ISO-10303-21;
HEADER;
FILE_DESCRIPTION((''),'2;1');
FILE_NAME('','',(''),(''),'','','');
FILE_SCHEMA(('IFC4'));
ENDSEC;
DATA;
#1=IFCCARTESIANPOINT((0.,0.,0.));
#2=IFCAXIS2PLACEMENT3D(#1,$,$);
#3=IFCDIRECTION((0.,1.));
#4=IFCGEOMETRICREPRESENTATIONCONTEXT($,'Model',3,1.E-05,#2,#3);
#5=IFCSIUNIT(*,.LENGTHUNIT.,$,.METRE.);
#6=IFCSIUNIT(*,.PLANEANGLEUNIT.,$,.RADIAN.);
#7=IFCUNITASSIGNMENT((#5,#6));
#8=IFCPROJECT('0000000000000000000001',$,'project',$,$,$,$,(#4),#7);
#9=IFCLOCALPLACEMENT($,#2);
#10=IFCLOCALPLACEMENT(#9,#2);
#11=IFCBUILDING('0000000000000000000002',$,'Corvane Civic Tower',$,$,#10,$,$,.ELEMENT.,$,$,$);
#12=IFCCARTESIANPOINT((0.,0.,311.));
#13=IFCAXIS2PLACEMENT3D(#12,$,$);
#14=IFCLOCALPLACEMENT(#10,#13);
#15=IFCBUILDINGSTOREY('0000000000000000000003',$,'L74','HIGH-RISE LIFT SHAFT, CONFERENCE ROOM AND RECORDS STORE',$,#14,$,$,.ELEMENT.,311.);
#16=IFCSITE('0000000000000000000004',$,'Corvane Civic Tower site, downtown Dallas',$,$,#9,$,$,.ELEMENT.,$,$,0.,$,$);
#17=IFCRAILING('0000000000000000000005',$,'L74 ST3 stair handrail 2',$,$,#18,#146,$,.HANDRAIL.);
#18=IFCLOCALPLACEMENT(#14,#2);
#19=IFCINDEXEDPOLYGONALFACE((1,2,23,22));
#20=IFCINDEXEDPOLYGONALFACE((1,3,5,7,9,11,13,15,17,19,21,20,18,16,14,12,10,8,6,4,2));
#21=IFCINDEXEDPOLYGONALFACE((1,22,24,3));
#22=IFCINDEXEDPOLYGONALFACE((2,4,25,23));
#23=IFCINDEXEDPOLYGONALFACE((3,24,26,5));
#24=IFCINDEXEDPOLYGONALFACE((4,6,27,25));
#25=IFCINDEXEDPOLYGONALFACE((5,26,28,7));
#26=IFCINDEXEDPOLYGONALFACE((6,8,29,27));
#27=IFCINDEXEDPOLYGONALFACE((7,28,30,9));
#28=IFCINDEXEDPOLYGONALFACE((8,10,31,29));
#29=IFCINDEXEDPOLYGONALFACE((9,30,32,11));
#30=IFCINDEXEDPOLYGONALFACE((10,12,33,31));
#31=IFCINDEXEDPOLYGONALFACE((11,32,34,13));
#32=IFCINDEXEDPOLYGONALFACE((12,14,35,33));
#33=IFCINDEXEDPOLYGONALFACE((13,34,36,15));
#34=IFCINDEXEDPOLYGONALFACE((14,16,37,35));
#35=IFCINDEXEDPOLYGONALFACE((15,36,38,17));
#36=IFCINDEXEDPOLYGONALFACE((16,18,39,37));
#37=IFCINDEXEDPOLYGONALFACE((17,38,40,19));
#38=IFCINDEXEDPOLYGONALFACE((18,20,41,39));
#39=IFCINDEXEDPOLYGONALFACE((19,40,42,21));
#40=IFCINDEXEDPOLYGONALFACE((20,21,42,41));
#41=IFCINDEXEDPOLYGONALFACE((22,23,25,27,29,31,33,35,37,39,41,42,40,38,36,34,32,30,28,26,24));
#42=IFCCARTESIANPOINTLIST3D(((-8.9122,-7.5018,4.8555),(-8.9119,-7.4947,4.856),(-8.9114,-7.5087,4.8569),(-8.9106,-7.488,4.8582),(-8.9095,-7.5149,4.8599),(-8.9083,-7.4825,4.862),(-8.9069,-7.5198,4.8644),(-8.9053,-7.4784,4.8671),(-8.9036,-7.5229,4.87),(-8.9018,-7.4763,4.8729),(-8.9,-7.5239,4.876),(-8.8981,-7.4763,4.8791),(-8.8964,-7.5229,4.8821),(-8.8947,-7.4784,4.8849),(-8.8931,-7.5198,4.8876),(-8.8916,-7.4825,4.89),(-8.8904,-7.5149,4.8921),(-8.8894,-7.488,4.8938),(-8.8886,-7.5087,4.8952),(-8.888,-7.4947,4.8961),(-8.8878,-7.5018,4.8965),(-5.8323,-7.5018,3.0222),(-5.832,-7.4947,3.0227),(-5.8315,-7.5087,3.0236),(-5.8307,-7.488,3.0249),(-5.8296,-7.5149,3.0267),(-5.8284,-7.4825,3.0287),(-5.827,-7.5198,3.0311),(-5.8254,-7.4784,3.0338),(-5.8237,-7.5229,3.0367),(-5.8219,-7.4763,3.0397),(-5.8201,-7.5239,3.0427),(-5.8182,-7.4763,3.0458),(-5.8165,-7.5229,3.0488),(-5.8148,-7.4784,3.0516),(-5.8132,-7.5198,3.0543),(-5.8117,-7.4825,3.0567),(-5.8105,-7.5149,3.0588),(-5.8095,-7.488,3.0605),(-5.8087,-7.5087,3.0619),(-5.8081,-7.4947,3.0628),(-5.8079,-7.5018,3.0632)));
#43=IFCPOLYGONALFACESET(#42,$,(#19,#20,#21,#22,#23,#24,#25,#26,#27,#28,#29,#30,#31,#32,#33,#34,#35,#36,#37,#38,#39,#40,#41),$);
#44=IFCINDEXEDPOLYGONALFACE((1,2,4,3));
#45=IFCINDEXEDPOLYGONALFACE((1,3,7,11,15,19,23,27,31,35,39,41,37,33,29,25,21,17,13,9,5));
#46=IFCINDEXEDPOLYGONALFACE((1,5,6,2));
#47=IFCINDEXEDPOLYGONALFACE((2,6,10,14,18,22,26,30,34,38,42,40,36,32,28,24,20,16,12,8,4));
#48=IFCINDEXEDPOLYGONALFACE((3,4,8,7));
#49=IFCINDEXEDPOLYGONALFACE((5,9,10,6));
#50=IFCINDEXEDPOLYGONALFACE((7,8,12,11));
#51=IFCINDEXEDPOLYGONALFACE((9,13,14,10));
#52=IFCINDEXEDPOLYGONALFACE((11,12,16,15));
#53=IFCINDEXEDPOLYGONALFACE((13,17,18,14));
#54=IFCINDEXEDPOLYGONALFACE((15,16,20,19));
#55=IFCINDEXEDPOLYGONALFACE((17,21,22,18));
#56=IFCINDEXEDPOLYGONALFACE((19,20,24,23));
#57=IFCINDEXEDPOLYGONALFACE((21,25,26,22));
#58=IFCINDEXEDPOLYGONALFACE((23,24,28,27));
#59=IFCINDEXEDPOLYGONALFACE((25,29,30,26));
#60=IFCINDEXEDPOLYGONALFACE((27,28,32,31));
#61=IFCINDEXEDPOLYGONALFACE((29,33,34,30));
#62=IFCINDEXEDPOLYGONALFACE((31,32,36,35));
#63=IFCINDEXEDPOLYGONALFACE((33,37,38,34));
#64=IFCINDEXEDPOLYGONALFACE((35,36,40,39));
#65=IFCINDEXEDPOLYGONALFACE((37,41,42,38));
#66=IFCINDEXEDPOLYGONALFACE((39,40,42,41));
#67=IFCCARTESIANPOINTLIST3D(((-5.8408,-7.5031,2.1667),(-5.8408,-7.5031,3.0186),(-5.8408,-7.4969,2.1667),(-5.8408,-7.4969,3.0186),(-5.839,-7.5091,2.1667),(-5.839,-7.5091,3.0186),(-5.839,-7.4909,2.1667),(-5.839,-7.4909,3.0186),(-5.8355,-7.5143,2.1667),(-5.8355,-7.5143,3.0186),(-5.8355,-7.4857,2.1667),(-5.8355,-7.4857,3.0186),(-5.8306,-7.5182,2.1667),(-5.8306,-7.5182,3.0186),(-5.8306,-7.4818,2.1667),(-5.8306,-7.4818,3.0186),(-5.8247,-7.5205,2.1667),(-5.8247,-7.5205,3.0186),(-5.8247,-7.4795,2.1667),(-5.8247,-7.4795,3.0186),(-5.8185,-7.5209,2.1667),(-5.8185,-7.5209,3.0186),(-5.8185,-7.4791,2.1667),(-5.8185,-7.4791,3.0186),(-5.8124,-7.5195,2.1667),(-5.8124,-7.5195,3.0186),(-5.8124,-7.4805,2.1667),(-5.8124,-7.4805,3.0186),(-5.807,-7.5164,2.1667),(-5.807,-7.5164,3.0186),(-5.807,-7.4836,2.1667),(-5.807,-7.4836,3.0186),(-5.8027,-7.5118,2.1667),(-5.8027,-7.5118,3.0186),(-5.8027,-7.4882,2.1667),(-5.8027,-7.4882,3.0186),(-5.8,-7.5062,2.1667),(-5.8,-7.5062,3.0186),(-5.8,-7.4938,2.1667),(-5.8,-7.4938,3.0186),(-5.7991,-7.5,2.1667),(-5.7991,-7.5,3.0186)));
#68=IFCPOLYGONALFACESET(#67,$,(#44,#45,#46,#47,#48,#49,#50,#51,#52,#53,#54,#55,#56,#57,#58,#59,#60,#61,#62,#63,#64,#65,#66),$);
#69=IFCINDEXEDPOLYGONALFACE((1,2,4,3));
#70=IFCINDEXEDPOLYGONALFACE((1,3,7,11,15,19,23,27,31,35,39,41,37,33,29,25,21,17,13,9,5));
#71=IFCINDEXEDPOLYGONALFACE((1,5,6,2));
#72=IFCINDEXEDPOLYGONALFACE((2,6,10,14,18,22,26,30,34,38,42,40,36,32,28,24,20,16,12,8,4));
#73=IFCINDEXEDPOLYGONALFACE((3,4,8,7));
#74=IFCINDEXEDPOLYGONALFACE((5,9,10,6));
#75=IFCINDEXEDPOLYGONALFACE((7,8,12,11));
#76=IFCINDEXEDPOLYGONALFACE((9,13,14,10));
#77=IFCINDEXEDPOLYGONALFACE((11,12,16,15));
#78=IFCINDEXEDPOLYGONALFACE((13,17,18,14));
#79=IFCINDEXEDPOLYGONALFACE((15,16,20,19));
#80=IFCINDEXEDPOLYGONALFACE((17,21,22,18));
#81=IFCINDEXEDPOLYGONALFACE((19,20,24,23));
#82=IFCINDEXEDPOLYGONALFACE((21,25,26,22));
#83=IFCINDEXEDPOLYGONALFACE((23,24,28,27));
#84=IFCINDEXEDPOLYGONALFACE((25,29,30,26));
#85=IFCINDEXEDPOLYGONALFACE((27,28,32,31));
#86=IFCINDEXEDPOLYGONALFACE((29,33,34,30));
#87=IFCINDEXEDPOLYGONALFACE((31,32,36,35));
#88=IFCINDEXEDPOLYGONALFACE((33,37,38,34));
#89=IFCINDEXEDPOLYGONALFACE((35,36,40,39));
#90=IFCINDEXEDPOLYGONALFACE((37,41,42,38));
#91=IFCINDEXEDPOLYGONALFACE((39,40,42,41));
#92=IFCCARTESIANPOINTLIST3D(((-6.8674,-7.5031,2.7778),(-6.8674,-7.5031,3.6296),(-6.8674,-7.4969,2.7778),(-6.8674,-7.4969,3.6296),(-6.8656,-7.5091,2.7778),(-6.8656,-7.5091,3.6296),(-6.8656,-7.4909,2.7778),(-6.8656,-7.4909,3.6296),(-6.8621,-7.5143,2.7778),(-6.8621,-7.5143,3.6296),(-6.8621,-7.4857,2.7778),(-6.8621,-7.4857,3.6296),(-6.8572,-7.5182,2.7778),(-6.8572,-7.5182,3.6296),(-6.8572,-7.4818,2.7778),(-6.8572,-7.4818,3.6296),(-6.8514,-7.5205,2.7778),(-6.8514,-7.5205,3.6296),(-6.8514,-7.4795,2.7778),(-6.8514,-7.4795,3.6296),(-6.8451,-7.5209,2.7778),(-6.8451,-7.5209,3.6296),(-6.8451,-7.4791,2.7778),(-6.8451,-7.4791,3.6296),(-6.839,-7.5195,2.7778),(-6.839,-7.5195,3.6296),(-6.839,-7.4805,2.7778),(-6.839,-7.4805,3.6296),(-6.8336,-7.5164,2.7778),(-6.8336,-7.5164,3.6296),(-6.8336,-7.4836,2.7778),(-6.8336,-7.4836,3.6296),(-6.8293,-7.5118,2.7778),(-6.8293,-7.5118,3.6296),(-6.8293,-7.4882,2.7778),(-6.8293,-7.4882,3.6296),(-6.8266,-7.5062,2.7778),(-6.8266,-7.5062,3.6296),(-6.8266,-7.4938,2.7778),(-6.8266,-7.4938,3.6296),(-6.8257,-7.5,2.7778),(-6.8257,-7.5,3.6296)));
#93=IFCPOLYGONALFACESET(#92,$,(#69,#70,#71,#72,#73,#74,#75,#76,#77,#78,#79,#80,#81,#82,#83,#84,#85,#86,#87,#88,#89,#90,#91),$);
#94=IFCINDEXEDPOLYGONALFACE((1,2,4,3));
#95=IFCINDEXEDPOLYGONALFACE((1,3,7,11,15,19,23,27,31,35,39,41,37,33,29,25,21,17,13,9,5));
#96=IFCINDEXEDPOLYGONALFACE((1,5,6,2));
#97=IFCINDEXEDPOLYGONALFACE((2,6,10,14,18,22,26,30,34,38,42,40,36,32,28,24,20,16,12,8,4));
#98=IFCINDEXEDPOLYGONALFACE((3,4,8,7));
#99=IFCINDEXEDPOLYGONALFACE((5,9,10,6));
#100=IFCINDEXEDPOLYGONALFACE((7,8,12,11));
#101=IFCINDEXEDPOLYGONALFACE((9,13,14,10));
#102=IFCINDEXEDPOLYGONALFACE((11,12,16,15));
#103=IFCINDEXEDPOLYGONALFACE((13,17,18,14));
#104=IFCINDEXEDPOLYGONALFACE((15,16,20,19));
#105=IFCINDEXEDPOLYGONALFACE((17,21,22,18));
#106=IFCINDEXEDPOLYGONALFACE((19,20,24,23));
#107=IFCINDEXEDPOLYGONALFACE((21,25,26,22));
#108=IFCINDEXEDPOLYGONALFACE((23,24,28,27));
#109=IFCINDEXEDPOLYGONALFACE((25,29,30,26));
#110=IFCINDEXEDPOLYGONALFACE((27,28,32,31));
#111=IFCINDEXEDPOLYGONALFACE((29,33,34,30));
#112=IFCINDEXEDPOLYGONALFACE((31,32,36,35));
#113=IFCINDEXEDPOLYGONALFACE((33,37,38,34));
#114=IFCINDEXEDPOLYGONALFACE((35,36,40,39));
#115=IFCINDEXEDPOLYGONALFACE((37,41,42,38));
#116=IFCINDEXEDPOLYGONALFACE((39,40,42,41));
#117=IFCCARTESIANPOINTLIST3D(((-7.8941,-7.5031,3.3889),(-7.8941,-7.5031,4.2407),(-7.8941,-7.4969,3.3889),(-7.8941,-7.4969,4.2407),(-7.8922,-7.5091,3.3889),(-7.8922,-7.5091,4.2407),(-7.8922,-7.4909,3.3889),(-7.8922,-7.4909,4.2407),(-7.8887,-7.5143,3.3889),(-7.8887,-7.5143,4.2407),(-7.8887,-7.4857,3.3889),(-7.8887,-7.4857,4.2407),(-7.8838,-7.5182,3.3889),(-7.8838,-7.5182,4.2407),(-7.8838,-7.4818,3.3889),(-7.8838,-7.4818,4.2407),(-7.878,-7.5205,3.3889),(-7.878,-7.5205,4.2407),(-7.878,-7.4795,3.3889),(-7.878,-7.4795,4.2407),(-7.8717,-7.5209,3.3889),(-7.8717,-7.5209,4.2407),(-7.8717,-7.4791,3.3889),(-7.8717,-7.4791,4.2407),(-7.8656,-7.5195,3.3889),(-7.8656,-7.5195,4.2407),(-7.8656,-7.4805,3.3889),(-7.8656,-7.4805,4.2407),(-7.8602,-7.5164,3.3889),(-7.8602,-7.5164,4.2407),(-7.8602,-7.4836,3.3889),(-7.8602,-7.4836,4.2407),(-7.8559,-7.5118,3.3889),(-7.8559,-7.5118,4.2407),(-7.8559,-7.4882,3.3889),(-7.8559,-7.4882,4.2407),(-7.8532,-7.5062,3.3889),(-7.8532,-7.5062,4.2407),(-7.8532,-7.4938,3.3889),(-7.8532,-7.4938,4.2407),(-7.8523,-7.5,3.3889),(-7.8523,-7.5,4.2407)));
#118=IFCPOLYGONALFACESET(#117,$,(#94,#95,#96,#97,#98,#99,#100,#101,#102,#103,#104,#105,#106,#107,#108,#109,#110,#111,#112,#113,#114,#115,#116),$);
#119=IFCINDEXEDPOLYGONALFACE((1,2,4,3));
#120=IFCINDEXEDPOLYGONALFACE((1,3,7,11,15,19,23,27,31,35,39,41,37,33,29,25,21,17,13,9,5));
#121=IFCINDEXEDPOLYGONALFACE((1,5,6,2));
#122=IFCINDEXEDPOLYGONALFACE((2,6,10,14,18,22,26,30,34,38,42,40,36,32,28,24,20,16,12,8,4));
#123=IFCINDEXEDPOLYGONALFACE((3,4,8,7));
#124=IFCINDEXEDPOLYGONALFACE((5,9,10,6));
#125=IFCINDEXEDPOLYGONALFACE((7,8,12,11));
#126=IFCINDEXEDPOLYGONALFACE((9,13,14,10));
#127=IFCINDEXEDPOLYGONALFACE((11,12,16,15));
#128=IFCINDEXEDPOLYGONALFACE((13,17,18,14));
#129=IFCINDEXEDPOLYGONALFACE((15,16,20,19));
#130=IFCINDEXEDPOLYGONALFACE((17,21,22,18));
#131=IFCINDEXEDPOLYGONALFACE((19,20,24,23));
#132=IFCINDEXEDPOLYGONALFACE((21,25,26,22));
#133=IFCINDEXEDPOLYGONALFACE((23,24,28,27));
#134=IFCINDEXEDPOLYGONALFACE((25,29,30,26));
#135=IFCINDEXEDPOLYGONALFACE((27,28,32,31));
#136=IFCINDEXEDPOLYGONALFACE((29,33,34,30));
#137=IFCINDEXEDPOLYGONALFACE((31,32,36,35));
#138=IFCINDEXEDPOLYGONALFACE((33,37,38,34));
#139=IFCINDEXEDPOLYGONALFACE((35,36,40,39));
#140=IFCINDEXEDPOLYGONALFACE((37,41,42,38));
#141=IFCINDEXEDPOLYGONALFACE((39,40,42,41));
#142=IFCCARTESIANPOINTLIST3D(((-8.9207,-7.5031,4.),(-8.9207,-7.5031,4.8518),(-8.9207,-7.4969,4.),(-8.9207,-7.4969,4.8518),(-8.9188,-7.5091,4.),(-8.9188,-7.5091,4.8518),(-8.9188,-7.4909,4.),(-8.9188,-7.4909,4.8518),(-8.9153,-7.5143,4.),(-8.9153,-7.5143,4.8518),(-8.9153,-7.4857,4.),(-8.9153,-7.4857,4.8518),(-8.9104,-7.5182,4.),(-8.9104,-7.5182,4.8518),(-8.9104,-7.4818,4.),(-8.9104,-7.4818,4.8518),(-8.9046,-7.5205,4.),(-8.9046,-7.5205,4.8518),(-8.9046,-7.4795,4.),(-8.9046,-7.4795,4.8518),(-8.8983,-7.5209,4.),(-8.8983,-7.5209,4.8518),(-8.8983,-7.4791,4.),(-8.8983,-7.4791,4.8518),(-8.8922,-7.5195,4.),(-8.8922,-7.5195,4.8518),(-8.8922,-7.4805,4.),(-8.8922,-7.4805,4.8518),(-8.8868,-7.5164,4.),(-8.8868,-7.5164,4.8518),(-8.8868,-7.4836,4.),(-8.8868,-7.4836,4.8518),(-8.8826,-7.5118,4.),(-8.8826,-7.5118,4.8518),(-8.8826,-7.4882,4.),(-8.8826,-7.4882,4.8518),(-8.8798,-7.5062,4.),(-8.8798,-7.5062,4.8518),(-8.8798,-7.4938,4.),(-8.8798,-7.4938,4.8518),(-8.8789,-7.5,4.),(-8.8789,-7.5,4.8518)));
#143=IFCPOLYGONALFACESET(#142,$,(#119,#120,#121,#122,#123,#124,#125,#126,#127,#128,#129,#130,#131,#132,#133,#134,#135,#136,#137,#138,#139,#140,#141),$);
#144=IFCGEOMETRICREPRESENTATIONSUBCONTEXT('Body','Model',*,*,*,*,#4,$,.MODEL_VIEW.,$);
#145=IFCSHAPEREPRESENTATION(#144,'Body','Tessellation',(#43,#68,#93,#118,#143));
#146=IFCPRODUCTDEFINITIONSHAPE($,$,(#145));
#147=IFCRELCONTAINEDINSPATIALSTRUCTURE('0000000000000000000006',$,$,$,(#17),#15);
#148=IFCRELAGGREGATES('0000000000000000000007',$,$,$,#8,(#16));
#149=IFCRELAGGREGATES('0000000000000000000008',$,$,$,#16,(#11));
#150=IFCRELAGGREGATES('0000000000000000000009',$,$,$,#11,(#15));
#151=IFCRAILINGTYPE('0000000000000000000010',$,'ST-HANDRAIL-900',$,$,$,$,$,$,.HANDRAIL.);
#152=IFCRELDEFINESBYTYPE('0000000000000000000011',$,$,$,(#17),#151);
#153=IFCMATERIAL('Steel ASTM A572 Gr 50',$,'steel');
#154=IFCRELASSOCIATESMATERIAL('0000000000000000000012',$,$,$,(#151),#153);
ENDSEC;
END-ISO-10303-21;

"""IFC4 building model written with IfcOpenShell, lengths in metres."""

from ifc_helpers import new_model, si_unit, direction, frame, origin, origin_2d, place, context, subcontext, project, spatial, circle, extrude, material, type_object, element, save


model = new_model("IFC4")

# Units and contexts
model_context = context("Model", 3, precision=1e-05, world=origin(), true_north=direction((0.0, 1.0)))
body_context = subcontext(model_context, "Body", "Model", "MODEL_VIEW")
ifc_project = project(units=[si_unit("LENGTHUNIT", "METRE"), si_unit("PLANEANGLEUNIT", "RADIAN")], contexts=[model_context])

# Site, building, storey
site_placement = place(None, origin())
site = spatial("IfcSite", under=ifc_project, at=site_placement, Name="Corvane Civic Tower site, downtown Dallas", CompositionType="ELEMENT", RefElevation=0.0)
building_placement = place(site_placement, origin())
building = spatial("IfcBuilding", under=site, at=building_placement, Name="Corvane Civic Tower", CompositionType="ELEMENT")
storey_placement = place(building_placement, frame((0.0, 0.0, 311.0)))
storey = spatial("IfcBuildingStorey", under=building, at=storey_placement, Name="L74", Description="HIGH-RISE LIFT SHAFT, CONFERENCE ROOM AND RECORDS STORE", CompositionType="ELEMENT", Elevation=311.0)

# Railing
ifc_material_1 = material(Name="Steel ASTM A572 Gr 50", Category="steel")
railing_type = type_object("IfcRailingType", Name="ST-HANDRAIL-900", PredefinedType="HANDRAIL", material=ifc_material_1)
railing_placement = place(storey_placement, frame((-5.8201, -7.5, 2.1667)))
element("IfcRailing", 1, at=railing_placement, inside=storey, type_object=railing_type, Name="L74 ST3 stair handrail 2", PredefinedType="HANDRAIL", context=body_context, shape_type="SweptSolid", body=[
    extrude(circle(Radius=0.0239, at=origin_2d()), frame((0.0, 0.0, 0.876), z_axis=(-0.859291, 0.0, 0.511487), x_axis=(0.0, -1.0, 0.0)), (0.0, 0.0, 1.0), 3.5842),
    extrude(circle(Radius=0.021, at=origin_2d()), origin(), (0.0, 0.0, 1.0), 0.8518),
    extrude(circle(Radius=0.021, at=origin_2d()), frame((-1.0266, 0.0, 0.6111)), (0.0, 0.0, 1.0), 0.8518),
    extrude(circle(Radius=0.021, at=origin_2d()), frame((-2.0532, 0.0, 1.2222)), (0.0, 0.0, 1.0), 0.8518),
    extrude(circle(Radius=0.021, at=origin_2d()), frame((-3.0798, 0.0, 1.8333)), (0.0, 0.0, 1.0), 0.8518),
])

save(model, "model.ifc")
